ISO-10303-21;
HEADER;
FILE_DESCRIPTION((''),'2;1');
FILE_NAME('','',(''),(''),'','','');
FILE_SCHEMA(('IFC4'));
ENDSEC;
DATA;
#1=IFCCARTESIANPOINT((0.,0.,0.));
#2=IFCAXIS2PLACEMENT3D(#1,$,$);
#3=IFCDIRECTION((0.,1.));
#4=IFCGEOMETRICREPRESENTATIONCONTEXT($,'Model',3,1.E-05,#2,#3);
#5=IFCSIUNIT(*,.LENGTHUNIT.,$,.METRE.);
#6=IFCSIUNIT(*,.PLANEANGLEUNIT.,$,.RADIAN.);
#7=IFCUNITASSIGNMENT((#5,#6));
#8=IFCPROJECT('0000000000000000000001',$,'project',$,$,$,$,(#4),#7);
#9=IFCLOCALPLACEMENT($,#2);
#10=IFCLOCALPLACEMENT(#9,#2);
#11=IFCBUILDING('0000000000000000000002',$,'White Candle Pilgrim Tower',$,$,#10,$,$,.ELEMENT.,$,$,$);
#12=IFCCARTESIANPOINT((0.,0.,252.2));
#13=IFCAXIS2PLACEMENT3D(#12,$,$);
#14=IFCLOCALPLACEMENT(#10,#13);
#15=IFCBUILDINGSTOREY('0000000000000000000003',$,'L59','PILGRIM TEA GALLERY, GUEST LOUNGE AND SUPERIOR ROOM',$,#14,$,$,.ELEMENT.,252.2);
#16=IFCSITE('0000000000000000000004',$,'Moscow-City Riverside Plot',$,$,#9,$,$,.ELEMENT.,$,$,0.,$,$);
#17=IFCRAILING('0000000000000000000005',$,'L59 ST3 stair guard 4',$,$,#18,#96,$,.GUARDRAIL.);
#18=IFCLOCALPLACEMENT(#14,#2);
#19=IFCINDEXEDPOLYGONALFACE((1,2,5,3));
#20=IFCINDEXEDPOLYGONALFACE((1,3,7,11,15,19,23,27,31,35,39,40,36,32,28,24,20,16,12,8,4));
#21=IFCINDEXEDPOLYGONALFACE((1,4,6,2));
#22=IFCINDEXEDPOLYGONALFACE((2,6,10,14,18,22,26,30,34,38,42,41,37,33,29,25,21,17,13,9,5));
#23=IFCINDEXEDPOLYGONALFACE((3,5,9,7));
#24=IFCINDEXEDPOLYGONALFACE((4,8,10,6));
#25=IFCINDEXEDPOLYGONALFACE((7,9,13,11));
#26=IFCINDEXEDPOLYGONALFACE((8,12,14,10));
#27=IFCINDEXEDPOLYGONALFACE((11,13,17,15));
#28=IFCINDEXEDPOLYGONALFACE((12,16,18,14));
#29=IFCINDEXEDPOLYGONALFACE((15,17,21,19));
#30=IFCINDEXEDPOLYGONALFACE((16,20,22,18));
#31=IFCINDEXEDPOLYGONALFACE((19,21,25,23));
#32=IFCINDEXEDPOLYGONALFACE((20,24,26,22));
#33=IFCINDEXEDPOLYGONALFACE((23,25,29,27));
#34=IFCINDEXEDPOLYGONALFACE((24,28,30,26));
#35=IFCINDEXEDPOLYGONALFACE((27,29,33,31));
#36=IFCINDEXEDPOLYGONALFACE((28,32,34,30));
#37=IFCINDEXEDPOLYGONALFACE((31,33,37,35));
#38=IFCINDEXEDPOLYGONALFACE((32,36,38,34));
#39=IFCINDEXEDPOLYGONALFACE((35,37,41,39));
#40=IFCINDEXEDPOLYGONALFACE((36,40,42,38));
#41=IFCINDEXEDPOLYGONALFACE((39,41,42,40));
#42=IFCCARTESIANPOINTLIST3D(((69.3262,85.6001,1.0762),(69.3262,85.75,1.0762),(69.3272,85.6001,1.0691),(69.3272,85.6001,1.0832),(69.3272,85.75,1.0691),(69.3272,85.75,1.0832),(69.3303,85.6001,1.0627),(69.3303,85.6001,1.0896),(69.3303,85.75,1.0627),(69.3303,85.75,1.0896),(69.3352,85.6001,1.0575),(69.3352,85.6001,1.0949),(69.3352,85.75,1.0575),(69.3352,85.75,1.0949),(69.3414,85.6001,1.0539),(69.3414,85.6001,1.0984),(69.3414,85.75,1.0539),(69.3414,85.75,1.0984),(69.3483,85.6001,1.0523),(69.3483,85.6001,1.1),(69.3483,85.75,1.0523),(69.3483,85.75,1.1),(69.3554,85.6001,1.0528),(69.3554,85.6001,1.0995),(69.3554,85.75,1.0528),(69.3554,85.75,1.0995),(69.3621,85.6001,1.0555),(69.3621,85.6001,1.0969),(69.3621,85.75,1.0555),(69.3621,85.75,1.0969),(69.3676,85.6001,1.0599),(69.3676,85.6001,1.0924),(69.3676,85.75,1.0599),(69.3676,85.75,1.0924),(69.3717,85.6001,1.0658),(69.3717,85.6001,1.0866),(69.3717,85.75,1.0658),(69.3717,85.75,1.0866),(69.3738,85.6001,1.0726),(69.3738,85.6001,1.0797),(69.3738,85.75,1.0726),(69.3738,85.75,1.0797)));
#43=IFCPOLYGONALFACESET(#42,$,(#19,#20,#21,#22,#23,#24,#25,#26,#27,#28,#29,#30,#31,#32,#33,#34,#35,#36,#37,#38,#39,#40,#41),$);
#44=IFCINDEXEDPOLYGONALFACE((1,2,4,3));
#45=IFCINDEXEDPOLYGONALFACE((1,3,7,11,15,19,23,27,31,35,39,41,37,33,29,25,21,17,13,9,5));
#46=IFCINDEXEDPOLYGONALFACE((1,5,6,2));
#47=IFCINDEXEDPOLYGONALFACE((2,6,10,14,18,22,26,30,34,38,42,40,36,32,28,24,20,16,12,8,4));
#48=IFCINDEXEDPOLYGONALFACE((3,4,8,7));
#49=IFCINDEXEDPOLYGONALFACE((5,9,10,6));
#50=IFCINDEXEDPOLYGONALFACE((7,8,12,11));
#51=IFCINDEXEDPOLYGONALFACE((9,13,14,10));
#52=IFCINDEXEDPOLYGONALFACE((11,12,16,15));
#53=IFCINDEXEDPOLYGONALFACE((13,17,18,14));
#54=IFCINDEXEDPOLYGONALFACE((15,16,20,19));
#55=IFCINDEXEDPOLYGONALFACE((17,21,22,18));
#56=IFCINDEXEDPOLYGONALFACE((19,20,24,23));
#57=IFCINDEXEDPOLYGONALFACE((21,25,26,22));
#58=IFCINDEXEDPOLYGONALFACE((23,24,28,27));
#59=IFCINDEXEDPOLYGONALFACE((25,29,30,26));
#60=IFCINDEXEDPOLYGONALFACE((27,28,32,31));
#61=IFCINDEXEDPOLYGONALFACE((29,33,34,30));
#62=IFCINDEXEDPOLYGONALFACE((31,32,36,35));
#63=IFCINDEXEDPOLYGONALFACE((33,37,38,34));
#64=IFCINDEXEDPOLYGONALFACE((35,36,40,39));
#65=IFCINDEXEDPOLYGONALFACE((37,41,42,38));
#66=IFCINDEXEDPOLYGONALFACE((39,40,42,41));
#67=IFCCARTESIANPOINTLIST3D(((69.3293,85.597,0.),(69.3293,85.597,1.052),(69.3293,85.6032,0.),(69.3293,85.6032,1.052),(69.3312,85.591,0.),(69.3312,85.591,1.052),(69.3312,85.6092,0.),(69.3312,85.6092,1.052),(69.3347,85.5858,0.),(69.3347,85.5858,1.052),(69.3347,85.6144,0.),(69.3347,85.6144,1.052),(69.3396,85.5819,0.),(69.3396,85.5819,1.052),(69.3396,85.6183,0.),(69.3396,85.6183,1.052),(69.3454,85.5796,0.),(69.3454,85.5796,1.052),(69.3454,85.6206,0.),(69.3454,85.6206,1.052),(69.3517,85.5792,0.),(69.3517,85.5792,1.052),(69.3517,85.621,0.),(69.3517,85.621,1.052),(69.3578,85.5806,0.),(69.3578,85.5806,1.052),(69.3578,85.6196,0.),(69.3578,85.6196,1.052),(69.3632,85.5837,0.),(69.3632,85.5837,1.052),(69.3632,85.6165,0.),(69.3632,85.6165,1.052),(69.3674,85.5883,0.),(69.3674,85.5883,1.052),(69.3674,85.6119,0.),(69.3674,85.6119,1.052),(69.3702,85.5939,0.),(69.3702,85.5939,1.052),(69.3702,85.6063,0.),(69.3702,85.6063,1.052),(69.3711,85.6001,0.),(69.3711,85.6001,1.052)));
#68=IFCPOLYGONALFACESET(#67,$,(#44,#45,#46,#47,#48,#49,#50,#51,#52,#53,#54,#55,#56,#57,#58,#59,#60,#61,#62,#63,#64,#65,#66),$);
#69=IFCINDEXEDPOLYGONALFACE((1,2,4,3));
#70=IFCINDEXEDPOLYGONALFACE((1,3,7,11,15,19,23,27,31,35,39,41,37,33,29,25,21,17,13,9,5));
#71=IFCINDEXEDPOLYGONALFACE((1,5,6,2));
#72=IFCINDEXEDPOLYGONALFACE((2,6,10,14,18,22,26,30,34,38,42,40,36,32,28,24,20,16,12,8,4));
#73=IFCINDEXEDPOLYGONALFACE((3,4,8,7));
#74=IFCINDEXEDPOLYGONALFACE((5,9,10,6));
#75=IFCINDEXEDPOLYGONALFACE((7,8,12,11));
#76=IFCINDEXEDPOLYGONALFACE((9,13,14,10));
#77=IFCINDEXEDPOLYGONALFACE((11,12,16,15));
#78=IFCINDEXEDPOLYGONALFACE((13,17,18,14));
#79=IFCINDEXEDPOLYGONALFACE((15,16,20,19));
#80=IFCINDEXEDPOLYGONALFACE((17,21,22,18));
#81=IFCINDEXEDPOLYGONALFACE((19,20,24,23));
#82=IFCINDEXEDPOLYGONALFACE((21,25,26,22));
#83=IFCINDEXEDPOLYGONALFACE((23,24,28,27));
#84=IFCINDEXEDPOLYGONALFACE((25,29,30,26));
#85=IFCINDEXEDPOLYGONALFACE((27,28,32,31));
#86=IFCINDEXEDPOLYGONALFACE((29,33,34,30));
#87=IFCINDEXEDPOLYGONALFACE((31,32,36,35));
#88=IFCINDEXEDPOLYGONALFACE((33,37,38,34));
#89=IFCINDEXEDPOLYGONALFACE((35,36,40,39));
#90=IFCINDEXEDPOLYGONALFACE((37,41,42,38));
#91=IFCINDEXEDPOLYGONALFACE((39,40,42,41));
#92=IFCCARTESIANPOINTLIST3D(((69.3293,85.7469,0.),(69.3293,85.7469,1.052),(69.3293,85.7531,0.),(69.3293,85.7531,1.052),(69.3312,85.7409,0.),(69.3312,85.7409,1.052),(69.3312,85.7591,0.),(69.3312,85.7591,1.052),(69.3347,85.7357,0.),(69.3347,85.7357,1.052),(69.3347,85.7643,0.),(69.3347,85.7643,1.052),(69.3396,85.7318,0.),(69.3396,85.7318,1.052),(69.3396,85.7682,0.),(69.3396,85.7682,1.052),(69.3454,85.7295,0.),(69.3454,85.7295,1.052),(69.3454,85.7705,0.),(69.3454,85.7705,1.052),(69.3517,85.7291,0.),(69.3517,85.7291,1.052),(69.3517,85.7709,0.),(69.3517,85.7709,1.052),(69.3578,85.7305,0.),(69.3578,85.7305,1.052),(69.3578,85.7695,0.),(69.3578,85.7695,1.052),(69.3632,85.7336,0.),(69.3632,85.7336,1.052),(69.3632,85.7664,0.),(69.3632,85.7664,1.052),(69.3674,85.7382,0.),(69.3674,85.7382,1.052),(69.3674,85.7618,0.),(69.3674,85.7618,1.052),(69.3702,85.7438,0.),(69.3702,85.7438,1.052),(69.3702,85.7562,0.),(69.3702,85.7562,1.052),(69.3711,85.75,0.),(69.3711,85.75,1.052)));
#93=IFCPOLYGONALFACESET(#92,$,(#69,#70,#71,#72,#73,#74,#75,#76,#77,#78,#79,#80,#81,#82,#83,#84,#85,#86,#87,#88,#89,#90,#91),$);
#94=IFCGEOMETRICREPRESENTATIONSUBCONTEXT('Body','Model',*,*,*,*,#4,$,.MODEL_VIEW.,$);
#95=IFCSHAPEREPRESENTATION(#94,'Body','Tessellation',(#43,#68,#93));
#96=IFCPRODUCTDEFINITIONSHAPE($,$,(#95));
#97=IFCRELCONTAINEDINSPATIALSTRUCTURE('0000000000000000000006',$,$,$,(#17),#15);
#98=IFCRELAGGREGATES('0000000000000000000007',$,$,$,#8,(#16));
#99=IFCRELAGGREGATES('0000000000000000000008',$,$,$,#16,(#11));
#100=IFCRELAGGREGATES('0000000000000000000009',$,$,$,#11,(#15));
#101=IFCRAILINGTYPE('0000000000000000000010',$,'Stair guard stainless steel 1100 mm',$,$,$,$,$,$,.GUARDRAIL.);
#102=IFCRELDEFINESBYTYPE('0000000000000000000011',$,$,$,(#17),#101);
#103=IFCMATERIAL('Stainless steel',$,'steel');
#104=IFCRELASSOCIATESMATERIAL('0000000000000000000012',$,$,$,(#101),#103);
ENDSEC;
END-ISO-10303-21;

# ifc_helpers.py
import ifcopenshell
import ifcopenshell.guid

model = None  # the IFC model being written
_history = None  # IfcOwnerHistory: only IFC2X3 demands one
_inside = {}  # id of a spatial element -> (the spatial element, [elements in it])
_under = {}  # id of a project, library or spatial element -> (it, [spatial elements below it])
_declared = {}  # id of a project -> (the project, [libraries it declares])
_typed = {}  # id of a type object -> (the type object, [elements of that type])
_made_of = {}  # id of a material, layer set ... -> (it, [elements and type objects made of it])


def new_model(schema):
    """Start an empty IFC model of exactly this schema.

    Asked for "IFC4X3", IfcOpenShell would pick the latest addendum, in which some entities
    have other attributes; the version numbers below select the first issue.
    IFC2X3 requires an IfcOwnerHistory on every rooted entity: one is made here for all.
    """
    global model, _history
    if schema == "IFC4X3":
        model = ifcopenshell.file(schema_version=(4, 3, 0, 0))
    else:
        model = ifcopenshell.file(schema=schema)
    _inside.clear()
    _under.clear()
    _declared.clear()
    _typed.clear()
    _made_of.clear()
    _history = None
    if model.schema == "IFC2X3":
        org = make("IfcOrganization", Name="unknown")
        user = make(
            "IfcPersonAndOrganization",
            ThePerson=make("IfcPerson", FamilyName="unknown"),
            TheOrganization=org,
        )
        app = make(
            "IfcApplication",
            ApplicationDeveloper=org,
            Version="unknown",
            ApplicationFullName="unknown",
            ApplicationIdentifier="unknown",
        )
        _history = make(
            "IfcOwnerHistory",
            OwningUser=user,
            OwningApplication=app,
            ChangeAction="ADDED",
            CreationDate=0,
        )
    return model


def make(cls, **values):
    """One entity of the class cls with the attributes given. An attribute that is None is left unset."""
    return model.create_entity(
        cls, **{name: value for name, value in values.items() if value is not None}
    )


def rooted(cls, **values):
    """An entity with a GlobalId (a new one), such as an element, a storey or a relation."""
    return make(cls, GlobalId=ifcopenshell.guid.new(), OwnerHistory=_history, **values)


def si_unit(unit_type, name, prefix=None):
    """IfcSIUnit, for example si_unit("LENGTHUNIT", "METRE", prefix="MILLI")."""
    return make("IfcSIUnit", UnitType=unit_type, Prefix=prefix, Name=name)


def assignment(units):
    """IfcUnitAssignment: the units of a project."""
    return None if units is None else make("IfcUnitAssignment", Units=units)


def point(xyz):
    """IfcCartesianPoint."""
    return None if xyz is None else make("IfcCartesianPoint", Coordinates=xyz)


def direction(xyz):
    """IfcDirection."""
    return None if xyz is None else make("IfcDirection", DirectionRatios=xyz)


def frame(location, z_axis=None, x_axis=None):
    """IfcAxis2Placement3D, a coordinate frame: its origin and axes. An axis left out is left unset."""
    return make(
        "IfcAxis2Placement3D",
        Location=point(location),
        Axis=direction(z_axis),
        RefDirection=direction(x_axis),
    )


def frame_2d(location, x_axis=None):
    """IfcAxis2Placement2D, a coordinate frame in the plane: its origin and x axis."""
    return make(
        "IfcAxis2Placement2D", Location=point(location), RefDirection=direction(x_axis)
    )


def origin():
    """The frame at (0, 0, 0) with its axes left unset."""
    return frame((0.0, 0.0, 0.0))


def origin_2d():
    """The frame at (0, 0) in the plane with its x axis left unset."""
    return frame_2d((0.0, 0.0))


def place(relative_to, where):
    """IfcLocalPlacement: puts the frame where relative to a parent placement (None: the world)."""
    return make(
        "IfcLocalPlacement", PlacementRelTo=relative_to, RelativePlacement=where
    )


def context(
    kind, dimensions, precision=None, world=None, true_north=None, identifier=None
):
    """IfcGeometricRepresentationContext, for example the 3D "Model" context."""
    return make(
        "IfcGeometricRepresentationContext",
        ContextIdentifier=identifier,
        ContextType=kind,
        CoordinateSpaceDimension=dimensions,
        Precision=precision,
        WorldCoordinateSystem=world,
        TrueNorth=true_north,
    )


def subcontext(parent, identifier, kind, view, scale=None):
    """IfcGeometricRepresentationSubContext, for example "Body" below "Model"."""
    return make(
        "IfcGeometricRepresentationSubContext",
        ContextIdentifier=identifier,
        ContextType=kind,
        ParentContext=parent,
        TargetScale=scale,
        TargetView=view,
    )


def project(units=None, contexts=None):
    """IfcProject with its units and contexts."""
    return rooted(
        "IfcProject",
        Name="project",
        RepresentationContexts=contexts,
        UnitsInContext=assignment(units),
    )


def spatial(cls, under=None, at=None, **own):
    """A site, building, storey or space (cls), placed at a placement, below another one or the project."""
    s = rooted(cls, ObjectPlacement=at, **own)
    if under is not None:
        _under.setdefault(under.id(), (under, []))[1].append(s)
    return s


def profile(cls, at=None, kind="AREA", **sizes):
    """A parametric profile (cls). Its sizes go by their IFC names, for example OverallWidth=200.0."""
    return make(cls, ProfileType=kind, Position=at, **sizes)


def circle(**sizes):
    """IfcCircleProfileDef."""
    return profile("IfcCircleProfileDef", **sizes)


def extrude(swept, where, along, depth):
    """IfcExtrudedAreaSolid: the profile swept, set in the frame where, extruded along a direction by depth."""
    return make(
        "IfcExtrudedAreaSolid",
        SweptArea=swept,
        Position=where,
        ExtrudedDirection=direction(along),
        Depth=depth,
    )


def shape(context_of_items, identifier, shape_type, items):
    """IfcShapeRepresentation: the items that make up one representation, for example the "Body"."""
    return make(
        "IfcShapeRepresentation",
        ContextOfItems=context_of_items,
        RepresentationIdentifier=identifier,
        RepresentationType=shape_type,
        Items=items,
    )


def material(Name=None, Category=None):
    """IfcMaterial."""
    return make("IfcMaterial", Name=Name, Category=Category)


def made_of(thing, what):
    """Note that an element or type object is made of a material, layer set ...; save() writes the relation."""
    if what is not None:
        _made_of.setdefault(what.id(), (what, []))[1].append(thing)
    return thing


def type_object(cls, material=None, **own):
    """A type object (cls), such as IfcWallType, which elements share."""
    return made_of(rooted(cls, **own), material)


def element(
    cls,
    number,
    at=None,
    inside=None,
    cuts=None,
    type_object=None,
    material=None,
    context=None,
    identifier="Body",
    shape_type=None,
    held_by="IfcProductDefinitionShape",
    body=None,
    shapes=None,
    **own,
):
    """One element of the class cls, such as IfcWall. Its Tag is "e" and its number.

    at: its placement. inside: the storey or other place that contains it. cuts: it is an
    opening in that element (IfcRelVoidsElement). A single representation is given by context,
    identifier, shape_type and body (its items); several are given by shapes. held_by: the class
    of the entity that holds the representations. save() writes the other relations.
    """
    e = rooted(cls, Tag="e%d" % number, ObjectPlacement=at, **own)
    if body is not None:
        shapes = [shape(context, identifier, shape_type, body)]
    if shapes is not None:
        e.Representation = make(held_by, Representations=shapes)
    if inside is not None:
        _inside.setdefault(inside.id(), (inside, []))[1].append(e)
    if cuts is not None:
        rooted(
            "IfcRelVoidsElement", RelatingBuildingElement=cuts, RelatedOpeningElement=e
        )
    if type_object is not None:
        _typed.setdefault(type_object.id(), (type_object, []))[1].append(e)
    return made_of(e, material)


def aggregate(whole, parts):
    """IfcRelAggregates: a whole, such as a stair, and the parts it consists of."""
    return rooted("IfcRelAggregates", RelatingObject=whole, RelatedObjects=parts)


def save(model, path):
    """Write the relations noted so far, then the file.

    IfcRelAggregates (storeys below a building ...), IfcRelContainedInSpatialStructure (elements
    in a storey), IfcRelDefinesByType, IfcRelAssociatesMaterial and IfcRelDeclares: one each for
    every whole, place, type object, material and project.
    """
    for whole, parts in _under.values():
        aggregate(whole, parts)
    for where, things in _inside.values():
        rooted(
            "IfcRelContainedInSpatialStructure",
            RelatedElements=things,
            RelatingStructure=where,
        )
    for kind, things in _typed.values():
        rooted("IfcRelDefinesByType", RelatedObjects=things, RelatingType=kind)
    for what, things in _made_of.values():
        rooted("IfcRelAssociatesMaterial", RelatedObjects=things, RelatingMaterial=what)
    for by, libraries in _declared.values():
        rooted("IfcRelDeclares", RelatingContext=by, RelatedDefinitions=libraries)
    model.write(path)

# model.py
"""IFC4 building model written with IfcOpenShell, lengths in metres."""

from ifc_helpers import new_model, si_unit, direction, frame, origin, origin_2d, place, context, subcontext, project, spatial, circle, extrude, material, type_object, element, save


model = new_model("IFC4")

# Units and contexts
model_context = context("Model", 3, precision=1e-05, world=origin(), true_north=direction((0.0, 1.0)))
body_context = subcontext(model_context, "Body", "Model", "MODEL_VIEW")
ifc_project = project(units=[si_unit("LENGTHUNIT", "METRE"), si_unit("PLANEANGLEUNIT", "RADIAN")], contexts=[model_context])

# Site, building, storey
site_placement = place(None, origin())
site = spatial("IfcSite", under=ifc_project, at=site_placement, Name="Moscow-City Riverside Plot", CompositionType="ELEMENT", RefElevation=0.0)
building_placement = place(site_placement, origin())
building = spatial("IfcBuilding", under=site, at=building_placement, Name="White Candle Pilgrim Tower", CompositionType="ELEMENT")
storey_placement = place(building_placement, frame((0.0, 0.0, 252.2)))
storey = spatial("IfcBuildingStorey", under=building, at=storey_placement, Name="L59", Description="PILGRIM TEA GALLERY, GUEST LOUNGE AND SUPERIOR ROOM", CompositionType="ELEMENT", Elevation=252.2)

# Railing
ifc_material_1 = material(Name="Stainless steel", Category="steel")
railing_type_1 = type_object("IfcRailingType", Name="Stair guard stainless steel 1100 mm", PredefinedType="GUARDRAIL", material=ifc_material_1)
railing_1_placement = place(storey_placement, frame((69.3501, 85.6001, 0.0)))
element("IfcRailing", 1, at=railing_1_placement, inside=storey, type_object=railing_type_1, Name="L59 ST3 stair guard 4", PredefinedType="GUARDRAIL", context=body_context, shape_type="SweptSolid", body=[
    extrude(circle(Radius=0.0239, at=origin_2d()), frame((0.0, 0.0, 1.0762), z_axis=(0.0, 1.0, 0.0), x_axis=(-1.0, 0.0, 0.0)), (0.0, 0.0, 1.0), 0.1499),
    extrude(circle(Radius=0.021, at=origin_2d()), origin(), (0.0, 0.0, 1.0), 1.052),
    extrude(circle(Radius=0.021, at=origin_2d()), frame((0.0, 0.1499, 0.0)), (0.0, 0.0, 1.0), 1.052),
])

save(model, "model.ifc")
